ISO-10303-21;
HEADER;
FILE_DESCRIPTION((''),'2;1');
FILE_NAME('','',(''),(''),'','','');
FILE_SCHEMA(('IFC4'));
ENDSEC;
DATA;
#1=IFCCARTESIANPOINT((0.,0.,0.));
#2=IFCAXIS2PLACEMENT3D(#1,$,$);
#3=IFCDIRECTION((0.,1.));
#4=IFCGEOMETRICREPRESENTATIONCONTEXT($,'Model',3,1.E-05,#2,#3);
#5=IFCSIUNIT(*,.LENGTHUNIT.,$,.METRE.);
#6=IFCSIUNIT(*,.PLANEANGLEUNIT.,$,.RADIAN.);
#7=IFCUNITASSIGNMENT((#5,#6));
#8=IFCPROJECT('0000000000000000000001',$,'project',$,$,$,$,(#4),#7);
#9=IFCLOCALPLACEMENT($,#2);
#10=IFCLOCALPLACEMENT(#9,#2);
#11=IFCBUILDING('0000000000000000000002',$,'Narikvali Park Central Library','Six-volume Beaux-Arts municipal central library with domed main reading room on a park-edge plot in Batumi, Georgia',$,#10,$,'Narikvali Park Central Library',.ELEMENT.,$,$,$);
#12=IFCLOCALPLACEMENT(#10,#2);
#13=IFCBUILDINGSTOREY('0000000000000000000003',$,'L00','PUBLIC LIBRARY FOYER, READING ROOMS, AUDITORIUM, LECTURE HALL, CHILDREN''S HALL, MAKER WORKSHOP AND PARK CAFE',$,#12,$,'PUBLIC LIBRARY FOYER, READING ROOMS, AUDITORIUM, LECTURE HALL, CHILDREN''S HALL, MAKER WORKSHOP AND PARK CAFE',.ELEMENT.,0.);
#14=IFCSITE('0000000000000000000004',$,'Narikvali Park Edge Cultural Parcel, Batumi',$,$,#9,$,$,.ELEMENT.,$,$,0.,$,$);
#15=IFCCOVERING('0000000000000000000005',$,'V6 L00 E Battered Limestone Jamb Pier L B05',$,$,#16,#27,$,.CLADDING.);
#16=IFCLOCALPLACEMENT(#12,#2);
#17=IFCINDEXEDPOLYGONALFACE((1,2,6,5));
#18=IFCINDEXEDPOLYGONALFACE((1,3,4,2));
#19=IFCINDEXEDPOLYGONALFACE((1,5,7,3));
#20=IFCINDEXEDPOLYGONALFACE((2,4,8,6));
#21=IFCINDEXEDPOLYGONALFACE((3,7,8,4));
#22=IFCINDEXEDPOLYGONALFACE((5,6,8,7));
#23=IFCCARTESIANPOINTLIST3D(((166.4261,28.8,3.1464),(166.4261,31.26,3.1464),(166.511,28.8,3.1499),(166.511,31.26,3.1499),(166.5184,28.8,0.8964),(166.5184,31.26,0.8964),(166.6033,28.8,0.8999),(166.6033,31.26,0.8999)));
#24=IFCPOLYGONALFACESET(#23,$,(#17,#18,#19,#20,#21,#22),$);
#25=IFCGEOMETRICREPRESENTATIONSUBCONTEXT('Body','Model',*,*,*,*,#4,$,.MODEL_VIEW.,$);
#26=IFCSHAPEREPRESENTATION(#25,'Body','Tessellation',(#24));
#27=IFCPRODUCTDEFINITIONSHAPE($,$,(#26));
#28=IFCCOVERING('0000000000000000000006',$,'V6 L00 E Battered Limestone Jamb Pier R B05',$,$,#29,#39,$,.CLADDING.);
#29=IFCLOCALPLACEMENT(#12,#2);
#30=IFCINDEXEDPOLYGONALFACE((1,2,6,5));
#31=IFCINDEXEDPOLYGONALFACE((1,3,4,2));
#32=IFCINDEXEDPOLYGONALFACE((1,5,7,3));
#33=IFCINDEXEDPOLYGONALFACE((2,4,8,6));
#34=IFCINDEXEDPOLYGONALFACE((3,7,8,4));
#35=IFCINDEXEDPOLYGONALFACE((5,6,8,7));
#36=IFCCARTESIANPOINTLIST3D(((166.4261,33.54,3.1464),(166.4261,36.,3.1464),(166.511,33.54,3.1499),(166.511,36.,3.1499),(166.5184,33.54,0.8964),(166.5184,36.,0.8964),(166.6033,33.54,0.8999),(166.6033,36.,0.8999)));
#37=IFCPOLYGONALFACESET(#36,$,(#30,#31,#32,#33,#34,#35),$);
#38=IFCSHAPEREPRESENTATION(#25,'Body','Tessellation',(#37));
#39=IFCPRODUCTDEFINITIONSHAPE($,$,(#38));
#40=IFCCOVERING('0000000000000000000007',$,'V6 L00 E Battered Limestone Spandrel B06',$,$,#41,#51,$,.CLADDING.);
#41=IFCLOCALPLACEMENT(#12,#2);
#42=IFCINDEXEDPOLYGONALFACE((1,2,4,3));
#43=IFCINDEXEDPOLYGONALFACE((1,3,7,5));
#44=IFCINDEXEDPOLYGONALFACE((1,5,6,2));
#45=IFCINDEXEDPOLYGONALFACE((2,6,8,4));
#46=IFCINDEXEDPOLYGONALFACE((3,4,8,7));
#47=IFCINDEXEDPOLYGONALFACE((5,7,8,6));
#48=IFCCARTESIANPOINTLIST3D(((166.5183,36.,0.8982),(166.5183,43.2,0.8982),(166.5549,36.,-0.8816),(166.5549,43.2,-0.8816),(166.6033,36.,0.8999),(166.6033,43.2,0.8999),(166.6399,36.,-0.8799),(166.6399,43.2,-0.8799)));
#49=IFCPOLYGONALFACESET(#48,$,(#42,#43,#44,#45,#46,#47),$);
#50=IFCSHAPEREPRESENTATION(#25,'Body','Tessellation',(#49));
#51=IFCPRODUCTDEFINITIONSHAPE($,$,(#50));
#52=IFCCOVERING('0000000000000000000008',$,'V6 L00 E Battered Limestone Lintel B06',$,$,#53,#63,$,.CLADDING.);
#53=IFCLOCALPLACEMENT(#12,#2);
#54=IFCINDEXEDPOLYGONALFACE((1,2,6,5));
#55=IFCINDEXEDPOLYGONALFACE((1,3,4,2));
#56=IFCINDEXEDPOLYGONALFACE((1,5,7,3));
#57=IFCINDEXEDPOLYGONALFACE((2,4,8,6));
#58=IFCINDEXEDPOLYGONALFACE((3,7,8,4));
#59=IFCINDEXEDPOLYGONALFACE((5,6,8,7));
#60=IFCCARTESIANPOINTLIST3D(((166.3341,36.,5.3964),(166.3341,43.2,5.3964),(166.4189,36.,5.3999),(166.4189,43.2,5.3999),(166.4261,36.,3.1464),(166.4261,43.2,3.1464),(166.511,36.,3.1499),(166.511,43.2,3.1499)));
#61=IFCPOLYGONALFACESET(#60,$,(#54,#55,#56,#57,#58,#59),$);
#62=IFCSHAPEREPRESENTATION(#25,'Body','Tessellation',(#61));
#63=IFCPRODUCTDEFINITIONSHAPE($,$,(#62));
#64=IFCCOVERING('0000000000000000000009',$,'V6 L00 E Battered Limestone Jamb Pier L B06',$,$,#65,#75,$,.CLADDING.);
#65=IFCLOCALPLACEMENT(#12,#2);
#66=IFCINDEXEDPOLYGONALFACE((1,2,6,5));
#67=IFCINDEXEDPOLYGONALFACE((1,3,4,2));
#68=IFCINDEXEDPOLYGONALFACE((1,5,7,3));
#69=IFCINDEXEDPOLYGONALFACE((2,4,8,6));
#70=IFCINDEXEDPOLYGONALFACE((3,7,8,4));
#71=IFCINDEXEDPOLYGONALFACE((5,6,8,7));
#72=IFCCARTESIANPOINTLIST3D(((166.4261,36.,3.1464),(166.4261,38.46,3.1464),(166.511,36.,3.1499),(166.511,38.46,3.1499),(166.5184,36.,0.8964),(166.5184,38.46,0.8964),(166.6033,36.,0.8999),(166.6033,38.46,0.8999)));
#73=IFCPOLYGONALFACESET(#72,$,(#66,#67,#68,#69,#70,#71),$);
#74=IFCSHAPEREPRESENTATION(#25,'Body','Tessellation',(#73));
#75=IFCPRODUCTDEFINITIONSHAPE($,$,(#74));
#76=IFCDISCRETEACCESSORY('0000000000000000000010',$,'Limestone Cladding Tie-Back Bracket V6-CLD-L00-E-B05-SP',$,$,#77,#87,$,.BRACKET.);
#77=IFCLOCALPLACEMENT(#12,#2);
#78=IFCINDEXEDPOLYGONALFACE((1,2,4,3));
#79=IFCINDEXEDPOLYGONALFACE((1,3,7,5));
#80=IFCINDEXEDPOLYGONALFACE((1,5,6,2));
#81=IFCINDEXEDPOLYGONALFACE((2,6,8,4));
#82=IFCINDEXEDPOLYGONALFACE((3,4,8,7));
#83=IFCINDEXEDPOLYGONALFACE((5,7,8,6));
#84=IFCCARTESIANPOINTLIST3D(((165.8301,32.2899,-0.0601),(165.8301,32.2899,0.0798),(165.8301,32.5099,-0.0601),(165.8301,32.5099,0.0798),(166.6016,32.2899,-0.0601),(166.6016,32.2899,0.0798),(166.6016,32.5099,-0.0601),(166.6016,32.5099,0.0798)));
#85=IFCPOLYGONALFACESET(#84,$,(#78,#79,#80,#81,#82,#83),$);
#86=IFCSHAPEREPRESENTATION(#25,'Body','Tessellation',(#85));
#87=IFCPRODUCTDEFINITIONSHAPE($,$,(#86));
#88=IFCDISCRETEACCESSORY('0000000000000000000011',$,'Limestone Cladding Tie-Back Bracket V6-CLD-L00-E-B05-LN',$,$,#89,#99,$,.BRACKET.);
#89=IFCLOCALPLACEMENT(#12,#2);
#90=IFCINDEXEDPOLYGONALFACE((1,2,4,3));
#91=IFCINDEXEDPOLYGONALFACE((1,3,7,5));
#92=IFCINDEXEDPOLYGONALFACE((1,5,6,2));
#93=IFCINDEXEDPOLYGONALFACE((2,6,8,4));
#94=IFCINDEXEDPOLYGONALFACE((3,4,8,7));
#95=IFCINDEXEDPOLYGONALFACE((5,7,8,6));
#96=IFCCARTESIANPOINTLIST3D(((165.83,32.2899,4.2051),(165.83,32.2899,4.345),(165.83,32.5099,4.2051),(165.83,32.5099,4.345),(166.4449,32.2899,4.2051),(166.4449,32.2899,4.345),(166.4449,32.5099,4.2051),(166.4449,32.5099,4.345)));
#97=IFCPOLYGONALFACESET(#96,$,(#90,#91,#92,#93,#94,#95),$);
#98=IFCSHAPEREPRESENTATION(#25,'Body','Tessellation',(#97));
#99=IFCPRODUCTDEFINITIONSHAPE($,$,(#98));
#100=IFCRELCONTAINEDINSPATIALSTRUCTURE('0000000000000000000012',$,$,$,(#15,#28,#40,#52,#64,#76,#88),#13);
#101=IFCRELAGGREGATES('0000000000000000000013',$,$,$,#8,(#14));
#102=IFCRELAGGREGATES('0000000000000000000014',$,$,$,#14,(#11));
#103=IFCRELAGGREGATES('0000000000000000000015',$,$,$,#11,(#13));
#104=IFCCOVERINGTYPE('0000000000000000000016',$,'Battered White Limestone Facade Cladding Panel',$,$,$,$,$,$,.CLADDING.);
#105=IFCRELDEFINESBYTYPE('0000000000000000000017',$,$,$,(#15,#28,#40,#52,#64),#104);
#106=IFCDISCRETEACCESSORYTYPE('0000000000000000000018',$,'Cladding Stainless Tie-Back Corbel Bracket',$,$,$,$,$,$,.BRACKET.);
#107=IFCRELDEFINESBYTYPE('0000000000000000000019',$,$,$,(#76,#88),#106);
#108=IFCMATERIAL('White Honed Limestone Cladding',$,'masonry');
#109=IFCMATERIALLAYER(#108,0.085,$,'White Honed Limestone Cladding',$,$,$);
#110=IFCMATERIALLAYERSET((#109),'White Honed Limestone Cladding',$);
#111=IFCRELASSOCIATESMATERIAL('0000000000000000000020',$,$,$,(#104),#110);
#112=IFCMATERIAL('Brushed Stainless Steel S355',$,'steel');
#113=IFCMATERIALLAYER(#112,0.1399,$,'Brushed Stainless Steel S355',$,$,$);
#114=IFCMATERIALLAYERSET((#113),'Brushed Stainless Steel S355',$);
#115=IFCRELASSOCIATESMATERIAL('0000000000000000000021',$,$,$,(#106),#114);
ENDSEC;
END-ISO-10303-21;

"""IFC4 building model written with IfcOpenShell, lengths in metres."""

from ifc_helpers import new_model, si_unit, direction, frame, origin, origin_2d, place, context, subcontext, project, spatial, polyline, rectangle, outline, extrude, material, layer, layer_set, type_object, element, save


model = new_model("IFC4")

# Units and contexts
model_context = context("Model", 3, precision=1e-05, world=origin(), true_north=direction((0.0, 1.0)))
body_context = subcontext(model_context, "Body", "Model", "MODEL_VIEW")
ifc_project = project(units=[si_unit("LENGTHUNIT", "METRE"), si_unit("PLANEANGLEUNIT", "RADIAN")], contexts=[model_context])

# Site, building, storey
site_placement = place(None, origin())
site = spatial("IfcSite", under=ifc_project, at=site_placement, Name="Narikvali Park Edge Cultural Parcel, Batumi", CompositionType="ELEMENT", RefElevation=0.0)
building_placement = place(site_placement, origin())
building = spatial("IfcBuilding", under=site, at=building_placement, Name="Narikvali Park Central Library", Description="Six-volume Beaux-Arts municipal central library with domed main reading room on a park-edge plot in Batumi, Georgia", LongName="Narikvali Park Central Library", CompositionType="ELEMENT")
storey_placement = place(building_placement, origin())
storey = spatial("IfcBuildingStorey", under=building, at=storey_placement, Name="L00", Description="PUBLIC LIBRARY FOYER, READING ROOMS, AUDITORIUM, LECTURE HALL, CHILDREN'S HALL, MAKER WORKSHOP AND PARK CAFE", LongName="PUBLIC LIBRARY FOYER, READING ROOMS, AUDITORIUM, LECTURE HALL, CHILDREN'S HALL, MAKER WORKSHOP AND PARK CAFE", CompositionType="ELEMENT", Elevation=0.0)

# Coverings
ifc_material_1 = material(Name="White Honed Limestone Cladding", Category="masonry")
ifc_layer_1 = layer(ifc_material_1, 0.085, Name="White Honed Limestone Cladding")
ifc_layer_set_1 = layer_set([ifc_layer_1], Name="White Honed Limestone Cladding")
covering_type = type_object("IfcCoveringType", Name="Battered White Limestone Facade Cladding Panel", PredefinedType="CLADDING", material=ifc_layer_set_1)
for number, where, z_axis, x_axis, name in (
    (1, (166.6033, 28.8, 0.8999), (0.99916, 0.0, 0.040981), (0.0, 1.0, 0.0), "V6 L00 E Battered Limestone Jamb Pier L B05"),
    (2, (166.6033, 33.54, 0.8999), (0.99916, 0.0, 0.040981), (0.0, 1.0, 0.0), "V6 L00 E Battered Limestone Jamb Pier R B05"),
):
    element("IfcCovering", number, at=place(storey_placement, frame(where, z_axis=z_axis, x_axis=x_axis)), inside=storey, type_object=covering_type, Name=name, PredefinedType="CLADDING", context=body_context, shape_type="SweptSolid", body=[
        extrude(outline(polyline([(0.0, 0.0), (2.46, 0.0), (2.46, 2.2519), (0.0, 2.2519), (0.0, 0.0)])), origin(), (0.0, 0.0, -1.0), 0.085),
    ])
covering_1_placement = place(storey_placement, frame((166.6399, 36.0, -0.8799), z_axis=(0.999788, 0.0, 0.020572), x_axis=(0.0, 1.0, 0.0)))
element("IfcCovering", 3, at=covering_1_placement, inside=storey, type_object=covering_type, Name="V6 L00 E Battered Limestone Spandrel B06", PredefinedType="CLADDING", context=body_context, shape_type="SweptSolid", body=[
    extrude(outline(polyline([(0.0, 0.0), (7.2, 0.0), (7.2, 1.7802), (0.0, 1.7802), (0.0, 0.0)])), origin(), (0.0, 0.0, -1.0), 0.085),
])
covering_2_placement = place(storey_placement, frame((166.511, 36.0, 3.1499), z_axis=(0.999164, 0.0, 0.040873), x_axis=(0.0, 1.0, 0.0)))
element("IfcCovering", 4, at=covering_2_placement, inside=storey, type_object=covering_type, Name="V6 L00 E Battered Limestone Lintel B06", PredefinedType="CLADDING", context=body_context, shape_type="SweptSolid", body=[
    extrude(outline(polyline([(0.0, 0.0), (7.2, 0.0), (7.2, 2.2519), (0.0, 2.2519), (0.0, 0.0)])), origin(), (0.0, 0.0, -1.0), 0.085),
])
covering_3_placement = place(storey_placement, frame((166.6033, 36.0, 0.8999), z_axis=(0.99916, 0.0, 0.040981), x_axis=(0.0, 1.0, 0.0)))
element("IfcCovering", 5, at=covering_3_placement, inside=storey, type_object=covering_type, Name="V6 L00 E Battered Limestone Jamb Pier L B06", PredefinedType="CLADDING", context=body_context, shape_type="SweptSolid", body=[
    extrude(outline(polyline([(0.0, 0.0), (2.46, 0.0), (2.46, 2.2519), (0.0, 2.2519), (0.0, 0.0)])), origin(), (0.0, 0.0, -1.0), 0.085),
])

# Discrete accessories
ifc_material_2 = material(Name="Brushed Stainless Steel S355", Category="steel")
ifc_layer_2 = layer(ifc_material_2, 0.1399, Name="Brushed Stainless Steel S355")
ifc_layer_set_2 = layer_set([ifc_layer_2], Name="Brushed Stainless Steel S355")
discrete_accessory_type = type_object("IfcDiscreteAccessoryType", Name="Cladding Stainless Tie-Back Corbel Bracket", PredefinedType="BRACKET", material=ifc_layer_set_2)
discrete_accessory_1_placement = place(storey_placement, frame((166.2158, 32.3999, -0.0601), z_axis=(0.0, 0.0, 1.0), x_axis=(1.0, 0.0, 0.0)))
element("IfcDiscreteAccessory", 6, at=discrete_accessory_1_placement, inside=storey, type_object=discrete_accessory_type, Name="Limestone Cladding Tie-Back Bracket V6-CLD-L00-E-B05-SP", PredefinedType="BRACKET", context=body_context, shape_type="SweptSolid", body=[
    extrude(rectangle(XDim=0.7715, YDim=0.22, at=origin_2d()), origin(), (0.0, 0.0, 1.0), 0.1399),
])
discrete_accessory_2_placement = place(storey_placement, frame((166.1375, 32.3999, 4.2051), z_axis=(0.0, 0.0, 1.0), x_axis=(1.0, 0.0, 0.0)))
element("IfcDiscreteAccessory", 7, at=discrete_accessory_2_placement, inside=storey, type_object=discrete_accessory_type, Name="Limestone Cladding Tie-Back Bracket V6-CLD-L00-E-B05-LN", PredefinedType="BRACKET", context=body_context, shape_type="SweptSolid", body=[
    extrude(rectangle(XDim=0.615, YDim=0.22, at=origin_2d()), origin(), (0.0, 0.0, 1.0), 0.1399),
])

save(model, "model.ifc")
